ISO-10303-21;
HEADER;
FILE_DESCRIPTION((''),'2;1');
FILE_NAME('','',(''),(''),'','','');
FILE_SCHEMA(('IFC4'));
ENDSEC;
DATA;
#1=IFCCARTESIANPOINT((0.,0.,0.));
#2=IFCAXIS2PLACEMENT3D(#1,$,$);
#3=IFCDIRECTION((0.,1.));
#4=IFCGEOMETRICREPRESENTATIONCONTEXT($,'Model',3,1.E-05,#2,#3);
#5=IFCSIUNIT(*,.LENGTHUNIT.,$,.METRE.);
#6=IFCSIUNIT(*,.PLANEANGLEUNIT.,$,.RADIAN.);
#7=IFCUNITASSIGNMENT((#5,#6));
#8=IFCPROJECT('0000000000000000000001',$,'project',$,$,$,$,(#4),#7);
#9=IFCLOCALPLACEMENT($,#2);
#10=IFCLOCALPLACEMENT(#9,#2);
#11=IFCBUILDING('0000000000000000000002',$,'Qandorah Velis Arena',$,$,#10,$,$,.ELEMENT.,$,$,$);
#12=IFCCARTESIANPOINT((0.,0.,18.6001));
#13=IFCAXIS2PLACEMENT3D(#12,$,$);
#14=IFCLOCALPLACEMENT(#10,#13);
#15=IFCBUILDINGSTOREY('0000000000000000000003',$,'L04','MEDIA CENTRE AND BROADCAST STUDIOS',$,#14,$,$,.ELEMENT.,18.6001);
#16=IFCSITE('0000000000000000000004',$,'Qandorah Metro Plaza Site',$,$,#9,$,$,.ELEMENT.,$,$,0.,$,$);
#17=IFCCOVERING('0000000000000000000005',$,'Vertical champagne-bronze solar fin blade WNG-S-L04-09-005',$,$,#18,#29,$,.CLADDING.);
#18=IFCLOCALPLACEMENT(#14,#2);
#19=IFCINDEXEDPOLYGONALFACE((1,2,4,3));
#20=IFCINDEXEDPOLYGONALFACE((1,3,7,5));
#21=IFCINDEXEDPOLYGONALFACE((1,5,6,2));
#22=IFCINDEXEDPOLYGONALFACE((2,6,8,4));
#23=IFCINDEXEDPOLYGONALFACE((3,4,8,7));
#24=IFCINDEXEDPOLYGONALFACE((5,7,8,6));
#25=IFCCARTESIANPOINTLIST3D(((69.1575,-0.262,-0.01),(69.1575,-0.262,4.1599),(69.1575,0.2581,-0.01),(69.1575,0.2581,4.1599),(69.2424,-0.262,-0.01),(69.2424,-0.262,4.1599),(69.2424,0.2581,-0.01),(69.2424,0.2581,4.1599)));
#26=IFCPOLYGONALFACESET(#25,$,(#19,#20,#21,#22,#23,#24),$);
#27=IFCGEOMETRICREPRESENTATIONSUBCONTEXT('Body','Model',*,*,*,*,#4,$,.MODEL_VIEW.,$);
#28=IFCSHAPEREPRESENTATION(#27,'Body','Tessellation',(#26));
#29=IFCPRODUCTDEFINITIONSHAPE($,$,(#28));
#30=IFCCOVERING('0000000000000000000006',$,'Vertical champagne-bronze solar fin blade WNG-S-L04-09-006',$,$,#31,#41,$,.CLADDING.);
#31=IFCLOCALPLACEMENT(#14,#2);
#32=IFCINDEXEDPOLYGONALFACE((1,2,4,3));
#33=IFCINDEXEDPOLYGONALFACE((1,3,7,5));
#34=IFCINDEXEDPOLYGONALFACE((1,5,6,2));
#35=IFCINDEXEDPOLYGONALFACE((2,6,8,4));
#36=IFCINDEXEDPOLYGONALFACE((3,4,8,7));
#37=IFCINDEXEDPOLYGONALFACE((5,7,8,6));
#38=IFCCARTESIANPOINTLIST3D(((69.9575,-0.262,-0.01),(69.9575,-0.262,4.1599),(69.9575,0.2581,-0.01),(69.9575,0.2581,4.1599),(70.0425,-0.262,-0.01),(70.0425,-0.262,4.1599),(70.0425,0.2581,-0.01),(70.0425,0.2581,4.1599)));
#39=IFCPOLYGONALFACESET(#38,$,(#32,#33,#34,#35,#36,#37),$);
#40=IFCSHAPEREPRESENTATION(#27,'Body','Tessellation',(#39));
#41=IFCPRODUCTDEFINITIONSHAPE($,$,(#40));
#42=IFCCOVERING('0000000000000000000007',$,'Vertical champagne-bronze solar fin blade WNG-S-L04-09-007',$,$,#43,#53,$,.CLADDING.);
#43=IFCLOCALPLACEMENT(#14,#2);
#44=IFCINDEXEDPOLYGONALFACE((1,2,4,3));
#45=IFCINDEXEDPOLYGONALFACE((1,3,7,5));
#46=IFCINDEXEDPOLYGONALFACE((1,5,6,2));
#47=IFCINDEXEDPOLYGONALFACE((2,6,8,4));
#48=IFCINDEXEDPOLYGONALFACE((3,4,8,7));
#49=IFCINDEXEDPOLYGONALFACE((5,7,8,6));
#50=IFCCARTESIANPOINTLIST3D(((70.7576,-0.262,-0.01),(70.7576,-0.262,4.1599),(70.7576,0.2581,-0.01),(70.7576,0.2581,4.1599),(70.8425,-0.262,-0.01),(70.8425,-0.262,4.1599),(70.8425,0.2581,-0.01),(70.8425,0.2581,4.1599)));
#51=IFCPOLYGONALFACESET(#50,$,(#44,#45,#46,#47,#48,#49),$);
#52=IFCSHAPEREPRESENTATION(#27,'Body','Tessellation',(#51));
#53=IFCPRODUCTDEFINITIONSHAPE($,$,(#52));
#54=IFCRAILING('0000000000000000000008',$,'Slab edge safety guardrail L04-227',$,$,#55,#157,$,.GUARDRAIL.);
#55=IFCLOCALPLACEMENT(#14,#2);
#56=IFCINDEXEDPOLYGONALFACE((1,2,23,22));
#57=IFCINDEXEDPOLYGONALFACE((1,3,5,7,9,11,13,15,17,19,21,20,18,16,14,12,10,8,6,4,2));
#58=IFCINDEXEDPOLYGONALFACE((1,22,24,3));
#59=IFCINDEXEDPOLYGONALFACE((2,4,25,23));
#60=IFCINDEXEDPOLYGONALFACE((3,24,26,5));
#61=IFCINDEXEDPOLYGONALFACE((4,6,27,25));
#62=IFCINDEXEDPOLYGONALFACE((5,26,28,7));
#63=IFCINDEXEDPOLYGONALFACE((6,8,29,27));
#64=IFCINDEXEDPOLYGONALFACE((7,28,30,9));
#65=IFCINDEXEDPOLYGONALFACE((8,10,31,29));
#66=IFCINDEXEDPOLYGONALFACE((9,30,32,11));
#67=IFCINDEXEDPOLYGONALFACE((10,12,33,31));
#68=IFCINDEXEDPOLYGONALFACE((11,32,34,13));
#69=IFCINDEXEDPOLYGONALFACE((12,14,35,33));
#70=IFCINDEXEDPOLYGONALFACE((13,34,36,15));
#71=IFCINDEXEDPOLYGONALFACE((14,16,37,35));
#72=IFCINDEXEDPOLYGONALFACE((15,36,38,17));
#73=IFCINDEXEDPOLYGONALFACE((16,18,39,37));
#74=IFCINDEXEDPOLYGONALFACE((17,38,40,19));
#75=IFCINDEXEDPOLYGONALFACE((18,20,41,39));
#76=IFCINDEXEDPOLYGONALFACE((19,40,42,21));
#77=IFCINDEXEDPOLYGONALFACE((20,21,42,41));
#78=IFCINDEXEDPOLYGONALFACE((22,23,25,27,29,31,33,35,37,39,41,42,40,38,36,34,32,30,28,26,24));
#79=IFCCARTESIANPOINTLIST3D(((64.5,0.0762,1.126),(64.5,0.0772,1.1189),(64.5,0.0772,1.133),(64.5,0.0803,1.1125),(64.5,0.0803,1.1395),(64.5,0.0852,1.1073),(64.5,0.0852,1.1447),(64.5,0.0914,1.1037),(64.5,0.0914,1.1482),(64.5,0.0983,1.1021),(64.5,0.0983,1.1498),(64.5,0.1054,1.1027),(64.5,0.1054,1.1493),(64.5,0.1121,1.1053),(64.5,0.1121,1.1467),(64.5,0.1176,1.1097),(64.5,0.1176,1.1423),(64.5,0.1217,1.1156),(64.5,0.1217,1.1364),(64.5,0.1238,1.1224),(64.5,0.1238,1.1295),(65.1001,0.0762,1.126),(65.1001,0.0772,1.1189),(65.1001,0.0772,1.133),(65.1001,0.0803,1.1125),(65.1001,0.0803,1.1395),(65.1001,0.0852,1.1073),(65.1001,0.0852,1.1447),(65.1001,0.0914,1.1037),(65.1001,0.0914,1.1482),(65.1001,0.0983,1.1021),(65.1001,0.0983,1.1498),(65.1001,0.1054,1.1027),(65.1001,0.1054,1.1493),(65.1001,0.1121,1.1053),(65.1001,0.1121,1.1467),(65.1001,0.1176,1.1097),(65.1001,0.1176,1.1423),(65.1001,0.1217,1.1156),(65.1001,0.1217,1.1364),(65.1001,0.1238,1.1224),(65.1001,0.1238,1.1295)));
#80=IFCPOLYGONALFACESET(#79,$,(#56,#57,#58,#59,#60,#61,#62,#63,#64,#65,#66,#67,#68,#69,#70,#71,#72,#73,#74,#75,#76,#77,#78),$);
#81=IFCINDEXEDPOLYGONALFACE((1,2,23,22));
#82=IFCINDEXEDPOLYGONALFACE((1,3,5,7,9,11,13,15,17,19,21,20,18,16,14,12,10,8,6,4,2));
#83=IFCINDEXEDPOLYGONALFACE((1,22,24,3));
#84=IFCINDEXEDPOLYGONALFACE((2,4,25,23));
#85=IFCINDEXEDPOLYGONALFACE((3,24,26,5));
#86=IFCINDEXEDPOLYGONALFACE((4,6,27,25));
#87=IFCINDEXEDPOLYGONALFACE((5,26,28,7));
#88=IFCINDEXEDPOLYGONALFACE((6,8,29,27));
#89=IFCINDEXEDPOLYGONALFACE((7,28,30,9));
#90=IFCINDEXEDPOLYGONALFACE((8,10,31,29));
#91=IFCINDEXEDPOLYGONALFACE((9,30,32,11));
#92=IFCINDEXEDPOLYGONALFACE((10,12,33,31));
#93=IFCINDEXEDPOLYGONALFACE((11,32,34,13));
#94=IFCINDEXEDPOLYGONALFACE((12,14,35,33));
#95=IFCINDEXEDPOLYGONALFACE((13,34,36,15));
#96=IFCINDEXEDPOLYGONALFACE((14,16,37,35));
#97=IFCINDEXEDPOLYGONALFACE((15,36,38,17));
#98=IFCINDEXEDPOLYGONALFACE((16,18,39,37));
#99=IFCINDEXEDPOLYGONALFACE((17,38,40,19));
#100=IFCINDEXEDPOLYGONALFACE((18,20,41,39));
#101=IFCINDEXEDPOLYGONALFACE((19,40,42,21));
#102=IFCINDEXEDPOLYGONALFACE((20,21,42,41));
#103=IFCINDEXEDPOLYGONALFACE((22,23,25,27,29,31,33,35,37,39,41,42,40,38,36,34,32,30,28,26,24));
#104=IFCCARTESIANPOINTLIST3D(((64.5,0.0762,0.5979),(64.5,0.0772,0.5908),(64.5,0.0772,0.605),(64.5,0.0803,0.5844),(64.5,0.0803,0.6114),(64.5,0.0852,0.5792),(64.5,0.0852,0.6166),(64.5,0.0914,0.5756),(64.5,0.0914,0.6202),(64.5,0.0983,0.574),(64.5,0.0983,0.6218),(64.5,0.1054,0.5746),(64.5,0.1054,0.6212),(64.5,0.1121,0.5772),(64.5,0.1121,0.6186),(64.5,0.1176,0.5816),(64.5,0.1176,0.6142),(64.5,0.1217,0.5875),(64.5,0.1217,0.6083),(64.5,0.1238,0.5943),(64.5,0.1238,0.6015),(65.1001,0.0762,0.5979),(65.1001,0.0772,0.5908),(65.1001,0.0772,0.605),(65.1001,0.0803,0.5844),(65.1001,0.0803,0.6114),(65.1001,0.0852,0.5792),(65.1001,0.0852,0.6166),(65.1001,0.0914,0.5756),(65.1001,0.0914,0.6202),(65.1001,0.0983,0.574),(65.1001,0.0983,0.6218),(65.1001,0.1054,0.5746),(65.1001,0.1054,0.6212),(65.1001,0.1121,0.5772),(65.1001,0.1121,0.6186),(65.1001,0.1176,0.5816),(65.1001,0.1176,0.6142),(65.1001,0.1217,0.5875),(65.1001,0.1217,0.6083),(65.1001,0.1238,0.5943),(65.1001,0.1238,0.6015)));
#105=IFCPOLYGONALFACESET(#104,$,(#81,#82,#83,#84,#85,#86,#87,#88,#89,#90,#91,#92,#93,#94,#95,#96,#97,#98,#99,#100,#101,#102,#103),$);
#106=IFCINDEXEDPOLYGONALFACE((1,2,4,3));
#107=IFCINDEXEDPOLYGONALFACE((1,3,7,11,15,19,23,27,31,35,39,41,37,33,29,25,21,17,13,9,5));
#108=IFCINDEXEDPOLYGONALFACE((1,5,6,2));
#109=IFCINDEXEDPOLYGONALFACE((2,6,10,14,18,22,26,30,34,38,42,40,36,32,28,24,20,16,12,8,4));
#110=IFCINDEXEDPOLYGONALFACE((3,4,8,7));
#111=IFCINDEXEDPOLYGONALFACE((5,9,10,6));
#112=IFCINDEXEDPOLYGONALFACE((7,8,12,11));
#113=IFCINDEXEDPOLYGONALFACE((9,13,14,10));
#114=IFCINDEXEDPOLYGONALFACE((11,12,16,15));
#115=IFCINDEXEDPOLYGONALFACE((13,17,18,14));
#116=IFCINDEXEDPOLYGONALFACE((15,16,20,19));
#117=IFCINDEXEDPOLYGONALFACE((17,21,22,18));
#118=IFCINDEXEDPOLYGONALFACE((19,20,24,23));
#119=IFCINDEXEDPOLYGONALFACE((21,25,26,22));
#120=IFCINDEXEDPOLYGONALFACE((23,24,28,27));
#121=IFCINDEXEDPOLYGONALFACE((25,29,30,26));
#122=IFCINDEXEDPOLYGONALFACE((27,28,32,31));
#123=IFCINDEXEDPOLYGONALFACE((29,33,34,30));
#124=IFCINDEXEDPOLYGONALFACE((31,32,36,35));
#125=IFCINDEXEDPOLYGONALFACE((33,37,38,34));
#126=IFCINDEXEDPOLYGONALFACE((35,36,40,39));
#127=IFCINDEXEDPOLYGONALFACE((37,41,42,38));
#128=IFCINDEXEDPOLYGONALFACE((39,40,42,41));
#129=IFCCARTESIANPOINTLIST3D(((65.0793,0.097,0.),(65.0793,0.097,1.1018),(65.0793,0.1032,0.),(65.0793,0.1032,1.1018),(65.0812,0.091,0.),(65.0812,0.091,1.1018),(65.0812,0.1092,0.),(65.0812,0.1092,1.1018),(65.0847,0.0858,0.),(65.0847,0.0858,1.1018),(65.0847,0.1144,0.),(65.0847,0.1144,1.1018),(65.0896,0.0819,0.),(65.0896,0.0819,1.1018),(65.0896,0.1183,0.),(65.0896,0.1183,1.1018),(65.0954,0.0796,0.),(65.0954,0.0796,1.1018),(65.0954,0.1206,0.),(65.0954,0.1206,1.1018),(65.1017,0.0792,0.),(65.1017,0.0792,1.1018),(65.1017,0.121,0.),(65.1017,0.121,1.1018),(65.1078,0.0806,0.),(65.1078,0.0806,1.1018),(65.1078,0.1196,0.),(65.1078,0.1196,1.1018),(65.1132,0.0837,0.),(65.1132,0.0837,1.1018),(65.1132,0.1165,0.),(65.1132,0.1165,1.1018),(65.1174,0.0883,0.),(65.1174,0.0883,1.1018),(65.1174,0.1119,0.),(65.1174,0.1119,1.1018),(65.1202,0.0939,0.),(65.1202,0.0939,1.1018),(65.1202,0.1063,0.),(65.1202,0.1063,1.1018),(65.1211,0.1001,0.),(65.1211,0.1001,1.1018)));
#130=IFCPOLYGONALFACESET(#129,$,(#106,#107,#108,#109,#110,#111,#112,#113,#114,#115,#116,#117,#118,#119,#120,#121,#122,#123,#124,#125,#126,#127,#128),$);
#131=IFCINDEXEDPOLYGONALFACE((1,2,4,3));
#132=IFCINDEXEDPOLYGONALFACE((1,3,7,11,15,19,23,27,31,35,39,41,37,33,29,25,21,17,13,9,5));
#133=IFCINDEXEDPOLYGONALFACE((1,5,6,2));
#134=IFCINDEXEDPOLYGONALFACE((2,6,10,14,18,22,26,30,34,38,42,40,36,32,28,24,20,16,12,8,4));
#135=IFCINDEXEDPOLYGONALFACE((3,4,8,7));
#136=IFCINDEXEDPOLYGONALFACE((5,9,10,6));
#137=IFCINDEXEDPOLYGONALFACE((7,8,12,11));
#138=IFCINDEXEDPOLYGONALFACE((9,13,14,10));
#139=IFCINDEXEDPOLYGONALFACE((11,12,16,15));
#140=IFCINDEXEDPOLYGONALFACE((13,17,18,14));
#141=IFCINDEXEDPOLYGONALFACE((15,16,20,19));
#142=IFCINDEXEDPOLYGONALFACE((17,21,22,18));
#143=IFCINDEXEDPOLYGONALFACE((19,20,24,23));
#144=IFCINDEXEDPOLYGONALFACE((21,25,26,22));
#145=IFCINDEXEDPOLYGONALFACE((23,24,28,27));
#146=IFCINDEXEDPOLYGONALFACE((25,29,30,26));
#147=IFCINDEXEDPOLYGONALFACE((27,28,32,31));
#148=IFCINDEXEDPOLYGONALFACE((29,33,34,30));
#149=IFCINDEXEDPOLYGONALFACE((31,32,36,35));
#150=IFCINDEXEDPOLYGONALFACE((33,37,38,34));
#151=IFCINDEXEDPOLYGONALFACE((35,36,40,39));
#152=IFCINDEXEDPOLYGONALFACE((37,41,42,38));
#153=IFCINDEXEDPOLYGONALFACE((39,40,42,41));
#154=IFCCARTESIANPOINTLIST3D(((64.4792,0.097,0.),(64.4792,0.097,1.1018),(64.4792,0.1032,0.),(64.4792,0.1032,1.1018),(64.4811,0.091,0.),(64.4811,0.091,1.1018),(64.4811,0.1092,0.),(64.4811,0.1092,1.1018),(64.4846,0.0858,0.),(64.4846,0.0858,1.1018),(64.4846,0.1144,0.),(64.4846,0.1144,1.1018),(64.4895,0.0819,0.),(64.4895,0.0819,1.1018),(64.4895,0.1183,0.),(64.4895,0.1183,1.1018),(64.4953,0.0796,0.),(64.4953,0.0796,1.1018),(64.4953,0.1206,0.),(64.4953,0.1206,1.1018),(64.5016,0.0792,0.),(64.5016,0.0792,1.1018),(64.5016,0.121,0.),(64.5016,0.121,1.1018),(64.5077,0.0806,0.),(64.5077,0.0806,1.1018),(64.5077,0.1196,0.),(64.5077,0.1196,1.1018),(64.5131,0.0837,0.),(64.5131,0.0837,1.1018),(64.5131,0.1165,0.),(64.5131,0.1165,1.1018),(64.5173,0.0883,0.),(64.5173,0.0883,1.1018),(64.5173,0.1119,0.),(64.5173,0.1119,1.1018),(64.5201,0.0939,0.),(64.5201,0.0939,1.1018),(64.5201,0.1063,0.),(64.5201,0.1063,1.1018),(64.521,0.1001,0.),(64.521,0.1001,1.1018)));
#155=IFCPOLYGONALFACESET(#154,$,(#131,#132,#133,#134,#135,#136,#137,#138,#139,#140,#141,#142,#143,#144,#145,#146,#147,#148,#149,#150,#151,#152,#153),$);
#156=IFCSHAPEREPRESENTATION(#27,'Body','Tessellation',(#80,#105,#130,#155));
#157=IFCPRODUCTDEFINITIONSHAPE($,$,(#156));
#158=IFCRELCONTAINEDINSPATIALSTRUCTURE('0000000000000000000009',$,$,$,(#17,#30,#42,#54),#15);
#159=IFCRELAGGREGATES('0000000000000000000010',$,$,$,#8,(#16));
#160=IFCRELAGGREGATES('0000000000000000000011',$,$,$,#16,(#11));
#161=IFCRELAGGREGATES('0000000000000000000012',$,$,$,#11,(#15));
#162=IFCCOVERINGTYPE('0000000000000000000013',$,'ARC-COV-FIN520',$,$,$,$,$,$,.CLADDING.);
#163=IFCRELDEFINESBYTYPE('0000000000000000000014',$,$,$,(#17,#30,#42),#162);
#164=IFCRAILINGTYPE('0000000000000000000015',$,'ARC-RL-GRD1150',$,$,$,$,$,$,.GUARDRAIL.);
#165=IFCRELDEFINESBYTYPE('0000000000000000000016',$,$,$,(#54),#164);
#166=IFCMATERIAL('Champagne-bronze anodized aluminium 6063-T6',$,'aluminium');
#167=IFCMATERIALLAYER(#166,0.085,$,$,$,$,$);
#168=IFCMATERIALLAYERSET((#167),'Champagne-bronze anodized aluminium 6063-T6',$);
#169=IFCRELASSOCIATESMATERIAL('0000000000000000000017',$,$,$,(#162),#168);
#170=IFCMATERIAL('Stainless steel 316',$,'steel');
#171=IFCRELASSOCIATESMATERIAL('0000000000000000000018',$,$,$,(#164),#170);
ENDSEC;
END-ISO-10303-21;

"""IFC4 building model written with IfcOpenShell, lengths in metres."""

from ifc_helpers import new_model, si_unit, direction, frame, origin, origin_2d, place, context, subcontext, project, spatial, rectangle, circle, extrude, material, layer, layer_set, type_object, element, save


model = new_model("IFC4")

# Units and contexts
model_context = context("Model", 3, precision=1e-05, world=origin(), true_north=direction((0.0, 1.0)))
body_context = subcontext(model_context, "Body", "Model", "MODEL_VIEW")
ifc_project = project(units=[si_unit("LENGTHUNIT", "METRE"), si_unit("PLANEANGLEUNIT", "RADIAN")], contexts=[model_context])

# Site, building, storey
site_placement = place(None, origin())
site = spatial("IfcSite", under=ifc_project, at=site_placement, Name="Qandorah Metro Plaza Site", CompositionType="ELEMENT", RefElevation=0.0)
building_placement = place(site_placement, origin())
building = spatial("IfcBuilding", under=site, at=building_placement, Name="Qandorah Velis Arena", CompositionType="ELEMENT")
storey_placement = place(building_placement, frame((0.0, 0.0, 18.6001)))
storey = spatial("IfcBuildingStorey", under=building, at=storey_placement, Name="L04", Description="MEDIA CENTRE AND BROADCAST STUDIOS", CompositionType="ELEMENT", Elevation=18.6001)

# Shared definitions
ifc_material_1 = material(Name="Champagne-bronze anodized aluminium 6063-T6", Category="aluminium")

# Coverings
ifc_layer_1 = layer(ifc_material_1, 0.085)
ifc_layer_set_1 = layer_set([ifc_layer_1], Name="Champagne-bronze anodized aluminium 6063-T6")
covering_type = type_object("IfcCoveringType", Name="ARC-COV-FIN520", PredefinedType="CLADDING", material=ifc_layer_set_1)
for number, where, z_axis, x_axis, name in (
    (1, (69.2, -0.002, -0.01), (0.0, 0.0, 1.0), (1.0, 0.0, 0.0), "Vertical champagne-bronze solar fin blade WNG-S-L04-09-005"),
    (2, (70.0, -0.002, -0.01), (0.0, 0.0, 1.0), (1.0, 0.0, 0.0), "Vertical champagne-bronze solar fin blade WNG-S-L04-09-006"),
    (3, (70.8, -0.002, -0.01), (0.0, 0.0, 1.0), (1.0, 0.0, 0.0), "Vertical champagne-bronze solar fin blade WNG-S-L04-09-007"),
):
    element("IfcCovering", number, at=place(storey_placement, frame(where, z_axis=z_axis, x_axis=x_axis)), inside=storey, type_object=covering_type, Name=name, PredefinedType="CLADDING", context=body_context, shape_type="SweptSolid", body=[
        extrude(rectangle(XDim=0.085, YDim=0.52, at=origin_2d()), origin(), (0.0, 0.0, 1.0), 4.1699),
    ])

# Railing
ifc_material_2 = material(Name="Stainless steel 316", Category="steel")
railing_type = type_object("IfcRailingType", Name="ARC-RL-GRD1150", PredefinedType="GUARDRAIL", material=ifc_material_2)
railing_placement = place(storey_placement, frame((65.1001, 0.1001, 0.0)))
element("IfcRailing", 4, at=railing_placement, inside=storey, type_object=railing_type, Name="Slab edge safety guardrail L04-227", PredefinedType="GUARDRAIL", context=body_context, shape_type="SweptSolid", body=[
    extrude(circle(Radius=0.0239, at=origin_2d()), frame((0.0, 0.0, 1.126), z_axis=(-1.0, 0.0, 0.0), x_axis=(0.0, -1.0, 0.0)), (0.0, 0.0, 1.0), 0.6001),
    extrude(circle(Radius=0.0239, at=origin_2d()), frame((0.0, 0.0, 0.5979), z_axis=(-1.0, 0.0, 0.0), x_axis=(0.0, -1.0, 0.0)), (0.0, 0.0, 1.0), 0.6001),
    extrude(circle(Radius=0.021, at=origin_2d()), origin(), (0.0, 0.0, 1.0), 1.1018),
    extrude(circle(Radius=0.021, at=origin_2d()), frame((-0.6001, 0.0, 0.0)), (0.0, 0.0, 1.0), 1.1018),
])

save(model, "model.ifc")
